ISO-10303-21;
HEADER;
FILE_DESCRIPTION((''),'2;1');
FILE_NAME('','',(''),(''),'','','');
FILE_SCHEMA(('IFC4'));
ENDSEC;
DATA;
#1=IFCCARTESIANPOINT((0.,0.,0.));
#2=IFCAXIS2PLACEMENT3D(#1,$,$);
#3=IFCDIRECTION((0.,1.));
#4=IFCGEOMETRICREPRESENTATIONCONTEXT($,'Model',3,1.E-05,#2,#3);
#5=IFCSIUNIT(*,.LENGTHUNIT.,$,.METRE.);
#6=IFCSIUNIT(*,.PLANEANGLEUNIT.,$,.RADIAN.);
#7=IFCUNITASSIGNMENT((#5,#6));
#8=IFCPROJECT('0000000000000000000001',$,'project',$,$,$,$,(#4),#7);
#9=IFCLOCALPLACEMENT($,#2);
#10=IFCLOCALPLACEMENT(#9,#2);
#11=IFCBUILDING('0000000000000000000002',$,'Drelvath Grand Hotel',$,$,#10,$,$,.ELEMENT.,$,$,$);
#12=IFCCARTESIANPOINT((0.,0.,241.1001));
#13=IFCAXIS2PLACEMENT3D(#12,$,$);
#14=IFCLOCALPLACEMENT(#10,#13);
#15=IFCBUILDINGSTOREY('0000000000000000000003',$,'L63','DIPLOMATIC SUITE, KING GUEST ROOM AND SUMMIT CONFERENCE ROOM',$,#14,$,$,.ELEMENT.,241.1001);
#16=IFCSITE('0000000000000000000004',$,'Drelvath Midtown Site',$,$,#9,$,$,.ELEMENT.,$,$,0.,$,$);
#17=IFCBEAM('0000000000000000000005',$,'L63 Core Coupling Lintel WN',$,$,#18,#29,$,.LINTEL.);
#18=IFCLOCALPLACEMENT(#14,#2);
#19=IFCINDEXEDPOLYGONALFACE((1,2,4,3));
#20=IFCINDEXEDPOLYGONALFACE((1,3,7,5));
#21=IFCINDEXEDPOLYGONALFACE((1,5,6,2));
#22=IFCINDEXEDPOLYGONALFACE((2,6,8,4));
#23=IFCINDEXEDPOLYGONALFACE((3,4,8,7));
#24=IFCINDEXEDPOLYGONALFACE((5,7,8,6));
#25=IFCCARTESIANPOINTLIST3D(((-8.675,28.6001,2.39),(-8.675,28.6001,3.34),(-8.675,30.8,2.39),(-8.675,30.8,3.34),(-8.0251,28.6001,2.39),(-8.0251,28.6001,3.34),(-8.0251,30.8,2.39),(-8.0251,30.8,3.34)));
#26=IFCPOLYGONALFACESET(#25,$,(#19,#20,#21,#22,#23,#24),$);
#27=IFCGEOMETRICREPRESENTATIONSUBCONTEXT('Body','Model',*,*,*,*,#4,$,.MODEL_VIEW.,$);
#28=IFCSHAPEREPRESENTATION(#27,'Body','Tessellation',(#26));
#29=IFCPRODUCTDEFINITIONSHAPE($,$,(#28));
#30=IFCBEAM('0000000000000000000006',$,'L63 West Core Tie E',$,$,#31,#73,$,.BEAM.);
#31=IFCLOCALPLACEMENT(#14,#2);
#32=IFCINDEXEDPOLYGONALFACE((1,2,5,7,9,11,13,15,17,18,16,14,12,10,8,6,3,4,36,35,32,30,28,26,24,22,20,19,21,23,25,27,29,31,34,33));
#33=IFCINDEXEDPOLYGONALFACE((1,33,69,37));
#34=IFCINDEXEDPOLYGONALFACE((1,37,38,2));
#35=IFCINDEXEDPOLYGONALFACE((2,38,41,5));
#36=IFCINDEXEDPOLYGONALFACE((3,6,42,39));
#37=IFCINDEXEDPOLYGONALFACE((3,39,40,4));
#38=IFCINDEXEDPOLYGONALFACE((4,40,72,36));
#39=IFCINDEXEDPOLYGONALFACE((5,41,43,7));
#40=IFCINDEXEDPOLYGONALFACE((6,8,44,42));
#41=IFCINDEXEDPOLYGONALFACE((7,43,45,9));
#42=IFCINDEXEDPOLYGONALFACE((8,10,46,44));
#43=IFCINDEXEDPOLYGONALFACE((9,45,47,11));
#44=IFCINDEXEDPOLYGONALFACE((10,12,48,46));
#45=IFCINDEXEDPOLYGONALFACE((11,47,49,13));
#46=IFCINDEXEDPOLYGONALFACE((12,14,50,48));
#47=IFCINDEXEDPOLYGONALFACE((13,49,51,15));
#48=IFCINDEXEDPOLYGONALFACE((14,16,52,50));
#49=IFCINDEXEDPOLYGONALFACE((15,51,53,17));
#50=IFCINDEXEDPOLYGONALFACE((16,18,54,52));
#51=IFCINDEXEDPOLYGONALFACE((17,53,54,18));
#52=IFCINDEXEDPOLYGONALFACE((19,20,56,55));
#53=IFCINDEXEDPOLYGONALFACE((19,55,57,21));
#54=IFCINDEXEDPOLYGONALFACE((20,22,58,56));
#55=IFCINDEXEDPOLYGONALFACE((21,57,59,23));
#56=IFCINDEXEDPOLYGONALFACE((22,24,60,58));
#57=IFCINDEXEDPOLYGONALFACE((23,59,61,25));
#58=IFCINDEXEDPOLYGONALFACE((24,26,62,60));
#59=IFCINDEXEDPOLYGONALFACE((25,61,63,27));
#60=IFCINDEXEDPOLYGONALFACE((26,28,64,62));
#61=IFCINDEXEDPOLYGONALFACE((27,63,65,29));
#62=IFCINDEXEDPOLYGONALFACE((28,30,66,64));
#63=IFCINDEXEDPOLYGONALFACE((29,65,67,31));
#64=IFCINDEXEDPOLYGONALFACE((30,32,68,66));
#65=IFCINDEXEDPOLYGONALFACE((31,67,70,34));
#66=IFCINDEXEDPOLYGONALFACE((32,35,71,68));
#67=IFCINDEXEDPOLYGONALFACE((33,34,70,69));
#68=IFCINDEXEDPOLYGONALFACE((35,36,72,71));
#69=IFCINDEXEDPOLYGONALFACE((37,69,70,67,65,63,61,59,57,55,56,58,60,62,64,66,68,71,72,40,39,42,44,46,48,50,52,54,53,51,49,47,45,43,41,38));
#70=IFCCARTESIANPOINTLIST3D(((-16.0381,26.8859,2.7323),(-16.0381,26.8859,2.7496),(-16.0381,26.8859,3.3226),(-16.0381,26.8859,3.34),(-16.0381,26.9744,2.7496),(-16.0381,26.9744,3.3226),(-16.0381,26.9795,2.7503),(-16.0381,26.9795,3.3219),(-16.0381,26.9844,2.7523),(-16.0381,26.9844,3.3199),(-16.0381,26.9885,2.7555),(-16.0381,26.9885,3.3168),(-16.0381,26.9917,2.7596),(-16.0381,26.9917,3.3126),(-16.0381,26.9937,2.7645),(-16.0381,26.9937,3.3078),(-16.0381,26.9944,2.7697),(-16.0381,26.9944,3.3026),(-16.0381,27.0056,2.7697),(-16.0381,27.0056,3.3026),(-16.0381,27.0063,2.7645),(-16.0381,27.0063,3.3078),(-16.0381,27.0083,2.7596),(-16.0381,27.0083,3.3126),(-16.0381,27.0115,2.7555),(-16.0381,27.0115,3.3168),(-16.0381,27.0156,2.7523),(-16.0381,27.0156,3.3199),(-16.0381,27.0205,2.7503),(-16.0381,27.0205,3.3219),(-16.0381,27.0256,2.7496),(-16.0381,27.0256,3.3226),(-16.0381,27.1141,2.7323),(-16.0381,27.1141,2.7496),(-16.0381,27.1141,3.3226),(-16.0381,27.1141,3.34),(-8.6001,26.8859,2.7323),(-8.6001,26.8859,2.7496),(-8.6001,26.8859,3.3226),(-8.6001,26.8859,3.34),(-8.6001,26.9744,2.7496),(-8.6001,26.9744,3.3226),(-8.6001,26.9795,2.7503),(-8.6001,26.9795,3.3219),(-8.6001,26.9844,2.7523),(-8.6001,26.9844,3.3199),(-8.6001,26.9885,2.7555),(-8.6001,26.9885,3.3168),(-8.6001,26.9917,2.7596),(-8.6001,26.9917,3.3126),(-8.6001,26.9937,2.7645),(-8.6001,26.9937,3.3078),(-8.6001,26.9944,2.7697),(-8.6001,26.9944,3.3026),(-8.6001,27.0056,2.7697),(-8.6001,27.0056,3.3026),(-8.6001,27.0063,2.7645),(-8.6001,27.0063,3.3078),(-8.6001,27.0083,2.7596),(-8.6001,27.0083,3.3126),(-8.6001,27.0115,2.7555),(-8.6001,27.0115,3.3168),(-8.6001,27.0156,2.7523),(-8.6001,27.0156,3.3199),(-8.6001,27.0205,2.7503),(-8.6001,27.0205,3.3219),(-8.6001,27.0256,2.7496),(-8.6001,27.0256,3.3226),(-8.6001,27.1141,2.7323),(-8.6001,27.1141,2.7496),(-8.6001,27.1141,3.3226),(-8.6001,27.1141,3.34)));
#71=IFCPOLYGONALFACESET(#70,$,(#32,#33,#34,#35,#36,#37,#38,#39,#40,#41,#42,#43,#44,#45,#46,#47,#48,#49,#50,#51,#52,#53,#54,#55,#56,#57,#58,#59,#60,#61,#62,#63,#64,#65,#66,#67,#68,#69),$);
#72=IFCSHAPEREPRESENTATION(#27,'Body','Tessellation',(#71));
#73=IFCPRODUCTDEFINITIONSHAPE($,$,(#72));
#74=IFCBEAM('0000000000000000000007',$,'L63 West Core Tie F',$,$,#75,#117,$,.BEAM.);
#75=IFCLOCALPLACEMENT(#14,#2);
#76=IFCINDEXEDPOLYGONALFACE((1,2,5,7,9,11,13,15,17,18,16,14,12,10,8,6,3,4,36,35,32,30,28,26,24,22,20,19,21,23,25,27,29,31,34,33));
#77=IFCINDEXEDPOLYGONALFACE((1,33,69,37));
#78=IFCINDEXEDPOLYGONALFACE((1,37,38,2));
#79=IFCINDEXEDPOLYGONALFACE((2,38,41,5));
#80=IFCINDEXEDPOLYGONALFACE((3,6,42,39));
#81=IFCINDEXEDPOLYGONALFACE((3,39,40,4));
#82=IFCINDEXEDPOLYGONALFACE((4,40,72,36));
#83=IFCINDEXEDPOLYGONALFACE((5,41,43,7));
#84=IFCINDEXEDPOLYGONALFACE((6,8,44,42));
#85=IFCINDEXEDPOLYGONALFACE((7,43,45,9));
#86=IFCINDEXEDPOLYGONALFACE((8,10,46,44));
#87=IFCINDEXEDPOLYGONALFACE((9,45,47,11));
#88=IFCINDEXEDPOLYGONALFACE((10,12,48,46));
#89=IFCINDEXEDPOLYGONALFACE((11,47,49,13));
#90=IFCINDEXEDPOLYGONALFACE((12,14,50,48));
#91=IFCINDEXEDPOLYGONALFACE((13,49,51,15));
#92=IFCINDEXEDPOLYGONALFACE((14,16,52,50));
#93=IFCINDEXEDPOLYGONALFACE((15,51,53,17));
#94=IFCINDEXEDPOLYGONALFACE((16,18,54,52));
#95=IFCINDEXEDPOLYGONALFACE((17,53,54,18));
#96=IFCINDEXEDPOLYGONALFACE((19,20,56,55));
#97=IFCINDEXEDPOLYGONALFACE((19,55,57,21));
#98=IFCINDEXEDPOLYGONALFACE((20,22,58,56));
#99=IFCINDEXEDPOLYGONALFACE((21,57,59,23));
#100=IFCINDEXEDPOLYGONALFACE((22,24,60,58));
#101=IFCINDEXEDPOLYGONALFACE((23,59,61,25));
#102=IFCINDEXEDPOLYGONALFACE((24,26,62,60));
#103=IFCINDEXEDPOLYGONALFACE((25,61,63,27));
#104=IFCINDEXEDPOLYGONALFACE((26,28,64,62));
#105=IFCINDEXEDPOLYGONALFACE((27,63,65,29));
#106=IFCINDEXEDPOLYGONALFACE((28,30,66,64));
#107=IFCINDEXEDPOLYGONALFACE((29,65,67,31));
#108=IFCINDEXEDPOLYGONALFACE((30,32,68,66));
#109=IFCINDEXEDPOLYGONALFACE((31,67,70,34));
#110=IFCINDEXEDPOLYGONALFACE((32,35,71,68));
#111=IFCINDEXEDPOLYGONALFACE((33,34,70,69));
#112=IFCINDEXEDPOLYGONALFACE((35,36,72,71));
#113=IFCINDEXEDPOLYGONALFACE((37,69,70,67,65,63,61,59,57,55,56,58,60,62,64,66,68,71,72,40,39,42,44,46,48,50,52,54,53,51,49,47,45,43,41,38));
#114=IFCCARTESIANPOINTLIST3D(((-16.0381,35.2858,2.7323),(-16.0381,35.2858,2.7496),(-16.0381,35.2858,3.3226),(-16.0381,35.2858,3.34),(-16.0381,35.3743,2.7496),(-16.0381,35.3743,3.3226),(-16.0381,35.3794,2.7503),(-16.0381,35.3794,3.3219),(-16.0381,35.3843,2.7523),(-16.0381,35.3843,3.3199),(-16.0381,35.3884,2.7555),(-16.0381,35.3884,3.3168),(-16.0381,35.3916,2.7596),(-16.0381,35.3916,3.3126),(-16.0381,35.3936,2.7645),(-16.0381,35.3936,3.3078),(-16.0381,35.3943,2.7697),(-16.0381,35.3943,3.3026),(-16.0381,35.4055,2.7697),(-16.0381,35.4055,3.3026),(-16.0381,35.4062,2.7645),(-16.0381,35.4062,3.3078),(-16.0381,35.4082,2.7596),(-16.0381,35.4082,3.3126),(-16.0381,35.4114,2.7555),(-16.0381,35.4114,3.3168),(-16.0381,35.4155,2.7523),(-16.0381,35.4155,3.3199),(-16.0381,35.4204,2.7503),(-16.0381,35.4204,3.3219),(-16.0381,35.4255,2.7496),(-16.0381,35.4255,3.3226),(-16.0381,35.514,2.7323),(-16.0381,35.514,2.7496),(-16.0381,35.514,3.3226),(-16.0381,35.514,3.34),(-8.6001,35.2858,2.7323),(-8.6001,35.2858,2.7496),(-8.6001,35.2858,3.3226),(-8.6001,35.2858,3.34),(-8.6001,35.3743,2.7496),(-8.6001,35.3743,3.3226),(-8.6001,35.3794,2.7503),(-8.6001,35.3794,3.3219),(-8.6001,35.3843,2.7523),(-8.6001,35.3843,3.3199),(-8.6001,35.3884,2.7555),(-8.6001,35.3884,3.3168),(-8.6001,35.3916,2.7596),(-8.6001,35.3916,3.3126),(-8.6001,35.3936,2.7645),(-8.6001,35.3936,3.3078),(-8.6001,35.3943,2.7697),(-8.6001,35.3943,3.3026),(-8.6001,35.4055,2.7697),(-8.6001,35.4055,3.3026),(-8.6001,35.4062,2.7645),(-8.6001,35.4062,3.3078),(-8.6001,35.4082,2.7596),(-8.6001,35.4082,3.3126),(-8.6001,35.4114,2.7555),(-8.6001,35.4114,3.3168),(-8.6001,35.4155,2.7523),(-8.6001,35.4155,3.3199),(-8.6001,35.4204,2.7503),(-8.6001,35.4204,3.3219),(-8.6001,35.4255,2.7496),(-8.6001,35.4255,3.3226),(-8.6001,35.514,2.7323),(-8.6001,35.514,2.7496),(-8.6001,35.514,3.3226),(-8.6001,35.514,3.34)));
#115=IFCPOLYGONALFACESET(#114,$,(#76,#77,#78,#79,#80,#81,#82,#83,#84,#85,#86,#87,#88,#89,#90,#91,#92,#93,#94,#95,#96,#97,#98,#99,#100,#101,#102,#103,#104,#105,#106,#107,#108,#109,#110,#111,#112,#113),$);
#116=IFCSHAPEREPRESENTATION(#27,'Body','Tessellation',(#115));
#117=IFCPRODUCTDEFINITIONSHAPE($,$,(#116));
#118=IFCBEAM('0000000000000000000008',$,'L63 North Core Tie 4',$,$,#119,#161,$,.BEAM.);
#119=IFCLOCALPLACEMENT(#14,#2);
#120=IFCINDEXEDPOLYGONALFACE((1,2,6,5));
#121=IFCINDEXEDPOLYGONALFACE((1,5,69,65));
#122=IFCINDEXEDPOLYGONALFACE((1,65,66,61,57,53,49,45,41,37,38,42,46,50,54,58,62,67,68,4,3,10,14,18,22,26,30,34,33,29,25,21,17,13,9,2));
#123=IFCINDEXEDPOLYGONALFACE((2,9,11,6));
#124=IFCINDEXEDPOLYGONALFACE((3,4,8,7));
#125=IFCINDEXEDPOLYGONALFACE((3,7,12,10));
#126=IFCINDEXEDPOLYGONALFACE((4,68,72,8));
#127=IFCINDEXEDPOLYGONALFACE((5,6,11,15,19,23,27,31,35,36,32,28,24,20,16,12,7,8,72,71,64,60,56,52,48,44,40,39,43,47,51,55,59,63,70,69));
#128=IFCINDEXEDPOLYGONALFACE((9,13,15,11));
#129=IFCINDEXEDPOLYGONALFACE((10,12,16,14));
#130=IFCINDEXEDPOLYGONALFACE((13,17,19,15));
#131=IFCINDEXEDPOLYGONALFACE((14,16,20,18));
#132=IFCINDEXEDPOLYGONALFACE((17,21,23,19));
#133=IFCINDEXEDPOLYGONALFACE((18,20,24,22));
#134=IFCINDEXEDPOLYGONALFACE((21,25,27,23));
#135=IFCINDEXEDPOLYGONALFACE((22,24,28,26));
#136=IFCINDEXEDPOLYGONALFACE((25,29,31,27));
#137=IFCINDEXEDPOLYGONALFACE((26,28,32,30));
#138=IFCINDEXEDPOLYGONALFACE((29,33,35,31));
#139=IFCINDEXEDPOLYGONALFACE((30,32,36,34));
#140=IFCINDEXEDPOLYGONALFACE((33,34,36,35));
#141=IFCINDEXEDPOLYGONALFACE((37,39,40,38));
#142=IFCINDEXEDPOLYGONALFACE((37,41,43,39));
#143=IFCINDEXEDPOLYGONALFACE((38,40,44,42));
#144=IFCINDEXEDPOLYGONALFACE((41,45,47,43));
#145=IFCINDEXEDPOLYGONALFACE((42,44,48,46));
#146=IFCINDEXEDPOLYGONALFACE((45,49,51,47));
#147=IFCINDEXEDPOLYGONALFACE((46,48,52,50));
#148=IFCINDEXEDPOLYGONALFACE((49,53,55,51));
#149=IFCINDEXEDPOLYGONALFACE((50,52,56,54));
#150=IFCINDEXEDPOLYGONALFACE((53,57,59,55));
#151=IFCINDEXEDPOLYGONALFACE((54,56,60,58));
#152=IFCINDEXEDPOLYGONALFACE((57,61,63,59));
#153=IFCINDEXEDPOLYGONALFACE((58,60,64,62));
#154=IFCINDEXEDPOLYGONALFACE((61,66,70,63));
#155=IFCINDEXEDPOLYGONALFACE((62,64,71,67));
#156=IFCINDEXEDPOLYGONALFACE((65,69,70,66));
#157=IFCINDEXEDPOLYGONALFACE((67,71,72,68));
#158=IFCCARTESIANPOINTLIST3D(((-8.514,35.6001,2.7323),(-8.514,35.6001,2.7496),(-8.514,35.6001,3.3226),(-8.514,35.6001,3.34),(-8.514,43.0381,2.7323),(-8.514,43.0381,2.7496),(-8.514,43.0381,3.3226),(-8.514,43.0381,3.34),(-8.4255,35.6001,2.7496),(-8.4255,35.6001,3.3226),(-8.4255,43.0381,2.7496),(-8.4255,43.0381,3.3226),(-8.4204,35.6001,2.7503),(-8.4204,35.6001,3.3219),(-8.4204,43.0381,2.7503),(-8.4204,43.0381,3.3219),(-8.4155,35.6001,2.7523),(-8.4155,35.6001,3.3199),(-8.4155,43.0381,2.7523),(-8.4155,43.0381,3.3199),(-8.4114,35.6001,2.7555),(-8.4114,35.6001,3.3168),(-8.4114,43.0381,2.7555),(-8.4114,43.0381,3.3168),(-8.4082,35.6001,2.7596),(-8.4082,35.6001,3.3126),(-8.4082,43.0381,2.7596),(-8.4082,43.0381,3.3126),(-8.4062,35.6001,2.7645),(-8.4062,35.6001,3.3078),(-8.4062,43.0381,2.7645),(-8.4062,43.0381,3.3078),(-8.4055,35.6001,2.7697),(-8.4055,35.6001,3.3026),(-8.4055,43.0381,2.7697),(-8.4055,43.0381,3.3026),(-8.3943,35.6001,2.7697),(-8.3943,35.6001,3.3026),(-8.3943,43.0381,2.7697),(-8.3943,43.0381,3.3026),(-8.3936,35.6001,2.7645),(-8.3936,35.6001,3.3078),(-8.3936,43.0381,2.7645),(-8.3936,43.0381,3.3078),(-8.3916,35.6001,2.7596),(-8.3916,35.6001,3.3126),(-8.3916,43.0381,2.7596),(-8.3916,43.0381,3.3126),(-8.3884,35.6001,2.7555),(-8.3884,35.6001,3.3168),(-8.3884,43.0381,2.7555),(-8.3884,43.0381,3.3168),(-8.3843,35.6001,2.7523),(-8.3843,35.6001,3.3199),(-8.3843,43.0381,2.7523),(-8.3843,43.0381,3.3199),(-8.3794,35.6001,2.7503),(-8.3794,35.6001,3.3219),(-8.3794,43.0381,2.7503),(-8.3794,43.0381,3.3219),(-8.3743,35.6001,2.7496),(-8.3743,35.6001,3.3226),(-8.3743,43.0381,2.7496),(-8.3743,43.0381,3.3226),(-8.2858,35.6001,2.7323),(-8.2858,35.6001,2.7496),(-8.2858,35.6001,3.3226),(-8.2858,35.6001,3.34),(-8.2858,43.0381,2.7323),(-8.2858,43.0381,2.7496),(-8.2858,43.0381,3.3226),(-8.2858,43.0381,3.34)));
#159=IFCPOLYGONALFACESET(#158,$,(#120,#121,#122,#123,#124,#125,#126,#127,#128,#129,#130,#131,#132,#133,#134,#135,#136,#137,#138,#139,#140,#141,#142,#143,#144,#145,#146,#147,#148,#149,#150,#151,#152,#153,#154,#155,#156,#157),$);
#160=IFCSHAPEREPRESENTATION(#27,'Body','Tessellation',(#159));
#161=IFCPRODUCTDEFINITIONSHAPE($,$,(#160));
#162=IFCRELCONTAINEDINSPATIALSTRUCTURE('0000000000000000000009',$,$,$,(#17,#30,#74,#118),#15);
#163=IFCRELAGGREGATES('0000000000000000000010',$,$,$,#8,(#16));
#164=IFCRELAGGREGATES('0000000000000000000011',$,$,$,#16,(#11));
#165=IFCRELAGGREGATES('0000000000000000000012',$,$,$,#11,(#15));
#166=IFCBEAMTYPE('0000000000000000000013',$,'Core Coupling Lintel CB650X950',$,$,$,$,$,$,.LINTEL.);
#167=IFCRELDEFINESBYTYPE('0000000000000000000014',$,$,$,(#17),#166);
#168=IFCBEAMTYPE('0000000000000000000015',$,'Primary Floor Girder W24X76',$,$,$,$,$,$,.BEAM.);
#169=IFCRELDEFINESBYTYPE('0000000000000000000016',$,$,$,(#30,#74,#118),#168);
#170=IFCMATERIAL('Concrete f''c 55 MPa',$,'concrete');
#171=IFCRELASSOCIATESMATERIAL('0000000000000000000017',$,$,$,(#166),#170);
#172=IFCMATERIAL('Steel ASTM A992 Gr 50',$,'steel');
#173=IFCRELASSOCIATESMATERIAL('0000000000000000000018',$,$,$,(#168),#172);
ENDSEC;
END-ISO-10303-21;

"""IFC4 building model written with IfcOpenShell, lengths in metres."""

from ifc_helpers import new_model, si_unit, direction, frame, origin, origin_2d, place, context, subcontext, project, spatial, rectangle, i_section, extrude, material, material_profile, profile_set, type_object, element, save


model = new_model("IFC4")

# Units and contexts
model_context = context("Model", 3, precision=1e-05, world=origin(), true_north=direction((0.0, 1.0)))
body_context = subcontext(model_context, "Body", "Model", "MODEL_VIEW")
ifc_project = project(units=[si_unit("LENGTHUNIT", "METRE"), si_unit("PLANEANGLEUNIT", "RADIAN")], contexts=[model_context])

# Site, building, storey
site_placement = place(None, origin())
site = spatial("IfcSite", under=ifc_project, at=site_placement, Name="Drelvath Midtown Site", CompositionType="ELEMENT", RefElevation=0.0)
building_placement = place(site_placement, origin())
building = spatial("IfcBuilding", under=site, at=building_placement, Name="Drelvath Grand Hotel", CompositionType="ELEMENT")
storey_placement = place(building_placement, frame((0.0, 0.0, 241.1001)))
storey = spatial("IfcBuildingStorey", under=building, at=storey_placement, Name="L63", Description="DIPLOMATIC SUITE, KING GUEST ROOM AND SUMMIT CONFERENCE ROOM", CompositionType="ELEMENT", Elevation=241.1001)

# Beams
ifc_material_1 = material(Name="Concrete f'c 55 MPa", Category="concrete")
ifc_material_profile_1 = material_profile(ifc_material_1, rectangle(XDim=0.6499, YDim=0.95, at=origin_2d()), Name="CB650X950")
ifc_profile_set_1 = profile_set([ifc_material_profile_1], Name="Concrete f'c 55 MPa")
beam_type_1 = type_object("IfcBeamType", Name="Core Coupling Lintel CB650X950", PredefinedType="LINTEL", material=ifc_profile_set_1)
beam_placement = place(storey_placement, frame((-8.3501, 28.6001, 2.865), z_axis=(0.0, 1.0, 0.0), x_axis=(-1.0, 0.0, 0.0)))
element("IfcBeam", 1, at=beam_placement, inside=storey, type_object=beam_type_1, Name="L63 Core Coupling Lintel WN", PredefinedType="LINTEL", context=body_context, shape_type="SweptSolid", body=[
    extrude(rectangle(XDim=0.6499, YDim=0.95, at=origin_2d()), origin(), (0.0, 0.0, 1.0), 2.2),
])
ifc_material_2 = material(Name="Steel ASTM A992 Gr 50", Category="steel")
ifc_material_profile_2 = material_profile(ifc_material_2, i_section(OverallWidth=0.2283, OverallDepth=0.6077, WebThickness=0.0112, FlangeThickness=0.0173, FilletRadius=0.02, at=origin_2d()), Name="W24X76")
ifc_profile_set_2 = profile_set([ifc_material_profile_2], Name="Steel ASTM A992 Gr 50")
beam_type_2 = type_object("IfcBeamType", Name="Primary Floor Girder W24X76", PredefinedType="BEAM", material=ifc_profile_set_2)
for number, where, z_axis, x_axis, name in (
    (2, (-16.0381, 27.0, 3.0361), (1.0, 0.0, 0.0), (0.0, 1.0, 0.0), "L63 West Core Tie E"),
    (3, (-16.0381, 35.3999, 3.0361), (1.0, 0.0, 0.0), (0.0, 1.0, 0.0), "L63 West Core Tie F"),
    (4, (-8.3999, 35.6001, 3.0361), (0.0, 1.0, 0.0), (-1.0, 0.0, 0.0), "L63 North Core Tie 4"),
):
    element("IfcBeam", number, at=place(storey_placement, frame(where, z_axis=z_axis, x_axis=x_axis)), inside=storey, type_object=beam_type_2, Name=name, PredefinedType="BEAM", context=body_context, shape_type="SweptSolid", body=[
        extrude(i_section(OverallWidth=0.2283, OverallDepth=0.6077, WebThickness=0.0112, FlangeThickness=0.0173, FilletRadius=0.02, at=origin_2d()), origin(), (0.0, 0.0, 1.0), 7.438),
    ])

save(model, "model.ifc")
